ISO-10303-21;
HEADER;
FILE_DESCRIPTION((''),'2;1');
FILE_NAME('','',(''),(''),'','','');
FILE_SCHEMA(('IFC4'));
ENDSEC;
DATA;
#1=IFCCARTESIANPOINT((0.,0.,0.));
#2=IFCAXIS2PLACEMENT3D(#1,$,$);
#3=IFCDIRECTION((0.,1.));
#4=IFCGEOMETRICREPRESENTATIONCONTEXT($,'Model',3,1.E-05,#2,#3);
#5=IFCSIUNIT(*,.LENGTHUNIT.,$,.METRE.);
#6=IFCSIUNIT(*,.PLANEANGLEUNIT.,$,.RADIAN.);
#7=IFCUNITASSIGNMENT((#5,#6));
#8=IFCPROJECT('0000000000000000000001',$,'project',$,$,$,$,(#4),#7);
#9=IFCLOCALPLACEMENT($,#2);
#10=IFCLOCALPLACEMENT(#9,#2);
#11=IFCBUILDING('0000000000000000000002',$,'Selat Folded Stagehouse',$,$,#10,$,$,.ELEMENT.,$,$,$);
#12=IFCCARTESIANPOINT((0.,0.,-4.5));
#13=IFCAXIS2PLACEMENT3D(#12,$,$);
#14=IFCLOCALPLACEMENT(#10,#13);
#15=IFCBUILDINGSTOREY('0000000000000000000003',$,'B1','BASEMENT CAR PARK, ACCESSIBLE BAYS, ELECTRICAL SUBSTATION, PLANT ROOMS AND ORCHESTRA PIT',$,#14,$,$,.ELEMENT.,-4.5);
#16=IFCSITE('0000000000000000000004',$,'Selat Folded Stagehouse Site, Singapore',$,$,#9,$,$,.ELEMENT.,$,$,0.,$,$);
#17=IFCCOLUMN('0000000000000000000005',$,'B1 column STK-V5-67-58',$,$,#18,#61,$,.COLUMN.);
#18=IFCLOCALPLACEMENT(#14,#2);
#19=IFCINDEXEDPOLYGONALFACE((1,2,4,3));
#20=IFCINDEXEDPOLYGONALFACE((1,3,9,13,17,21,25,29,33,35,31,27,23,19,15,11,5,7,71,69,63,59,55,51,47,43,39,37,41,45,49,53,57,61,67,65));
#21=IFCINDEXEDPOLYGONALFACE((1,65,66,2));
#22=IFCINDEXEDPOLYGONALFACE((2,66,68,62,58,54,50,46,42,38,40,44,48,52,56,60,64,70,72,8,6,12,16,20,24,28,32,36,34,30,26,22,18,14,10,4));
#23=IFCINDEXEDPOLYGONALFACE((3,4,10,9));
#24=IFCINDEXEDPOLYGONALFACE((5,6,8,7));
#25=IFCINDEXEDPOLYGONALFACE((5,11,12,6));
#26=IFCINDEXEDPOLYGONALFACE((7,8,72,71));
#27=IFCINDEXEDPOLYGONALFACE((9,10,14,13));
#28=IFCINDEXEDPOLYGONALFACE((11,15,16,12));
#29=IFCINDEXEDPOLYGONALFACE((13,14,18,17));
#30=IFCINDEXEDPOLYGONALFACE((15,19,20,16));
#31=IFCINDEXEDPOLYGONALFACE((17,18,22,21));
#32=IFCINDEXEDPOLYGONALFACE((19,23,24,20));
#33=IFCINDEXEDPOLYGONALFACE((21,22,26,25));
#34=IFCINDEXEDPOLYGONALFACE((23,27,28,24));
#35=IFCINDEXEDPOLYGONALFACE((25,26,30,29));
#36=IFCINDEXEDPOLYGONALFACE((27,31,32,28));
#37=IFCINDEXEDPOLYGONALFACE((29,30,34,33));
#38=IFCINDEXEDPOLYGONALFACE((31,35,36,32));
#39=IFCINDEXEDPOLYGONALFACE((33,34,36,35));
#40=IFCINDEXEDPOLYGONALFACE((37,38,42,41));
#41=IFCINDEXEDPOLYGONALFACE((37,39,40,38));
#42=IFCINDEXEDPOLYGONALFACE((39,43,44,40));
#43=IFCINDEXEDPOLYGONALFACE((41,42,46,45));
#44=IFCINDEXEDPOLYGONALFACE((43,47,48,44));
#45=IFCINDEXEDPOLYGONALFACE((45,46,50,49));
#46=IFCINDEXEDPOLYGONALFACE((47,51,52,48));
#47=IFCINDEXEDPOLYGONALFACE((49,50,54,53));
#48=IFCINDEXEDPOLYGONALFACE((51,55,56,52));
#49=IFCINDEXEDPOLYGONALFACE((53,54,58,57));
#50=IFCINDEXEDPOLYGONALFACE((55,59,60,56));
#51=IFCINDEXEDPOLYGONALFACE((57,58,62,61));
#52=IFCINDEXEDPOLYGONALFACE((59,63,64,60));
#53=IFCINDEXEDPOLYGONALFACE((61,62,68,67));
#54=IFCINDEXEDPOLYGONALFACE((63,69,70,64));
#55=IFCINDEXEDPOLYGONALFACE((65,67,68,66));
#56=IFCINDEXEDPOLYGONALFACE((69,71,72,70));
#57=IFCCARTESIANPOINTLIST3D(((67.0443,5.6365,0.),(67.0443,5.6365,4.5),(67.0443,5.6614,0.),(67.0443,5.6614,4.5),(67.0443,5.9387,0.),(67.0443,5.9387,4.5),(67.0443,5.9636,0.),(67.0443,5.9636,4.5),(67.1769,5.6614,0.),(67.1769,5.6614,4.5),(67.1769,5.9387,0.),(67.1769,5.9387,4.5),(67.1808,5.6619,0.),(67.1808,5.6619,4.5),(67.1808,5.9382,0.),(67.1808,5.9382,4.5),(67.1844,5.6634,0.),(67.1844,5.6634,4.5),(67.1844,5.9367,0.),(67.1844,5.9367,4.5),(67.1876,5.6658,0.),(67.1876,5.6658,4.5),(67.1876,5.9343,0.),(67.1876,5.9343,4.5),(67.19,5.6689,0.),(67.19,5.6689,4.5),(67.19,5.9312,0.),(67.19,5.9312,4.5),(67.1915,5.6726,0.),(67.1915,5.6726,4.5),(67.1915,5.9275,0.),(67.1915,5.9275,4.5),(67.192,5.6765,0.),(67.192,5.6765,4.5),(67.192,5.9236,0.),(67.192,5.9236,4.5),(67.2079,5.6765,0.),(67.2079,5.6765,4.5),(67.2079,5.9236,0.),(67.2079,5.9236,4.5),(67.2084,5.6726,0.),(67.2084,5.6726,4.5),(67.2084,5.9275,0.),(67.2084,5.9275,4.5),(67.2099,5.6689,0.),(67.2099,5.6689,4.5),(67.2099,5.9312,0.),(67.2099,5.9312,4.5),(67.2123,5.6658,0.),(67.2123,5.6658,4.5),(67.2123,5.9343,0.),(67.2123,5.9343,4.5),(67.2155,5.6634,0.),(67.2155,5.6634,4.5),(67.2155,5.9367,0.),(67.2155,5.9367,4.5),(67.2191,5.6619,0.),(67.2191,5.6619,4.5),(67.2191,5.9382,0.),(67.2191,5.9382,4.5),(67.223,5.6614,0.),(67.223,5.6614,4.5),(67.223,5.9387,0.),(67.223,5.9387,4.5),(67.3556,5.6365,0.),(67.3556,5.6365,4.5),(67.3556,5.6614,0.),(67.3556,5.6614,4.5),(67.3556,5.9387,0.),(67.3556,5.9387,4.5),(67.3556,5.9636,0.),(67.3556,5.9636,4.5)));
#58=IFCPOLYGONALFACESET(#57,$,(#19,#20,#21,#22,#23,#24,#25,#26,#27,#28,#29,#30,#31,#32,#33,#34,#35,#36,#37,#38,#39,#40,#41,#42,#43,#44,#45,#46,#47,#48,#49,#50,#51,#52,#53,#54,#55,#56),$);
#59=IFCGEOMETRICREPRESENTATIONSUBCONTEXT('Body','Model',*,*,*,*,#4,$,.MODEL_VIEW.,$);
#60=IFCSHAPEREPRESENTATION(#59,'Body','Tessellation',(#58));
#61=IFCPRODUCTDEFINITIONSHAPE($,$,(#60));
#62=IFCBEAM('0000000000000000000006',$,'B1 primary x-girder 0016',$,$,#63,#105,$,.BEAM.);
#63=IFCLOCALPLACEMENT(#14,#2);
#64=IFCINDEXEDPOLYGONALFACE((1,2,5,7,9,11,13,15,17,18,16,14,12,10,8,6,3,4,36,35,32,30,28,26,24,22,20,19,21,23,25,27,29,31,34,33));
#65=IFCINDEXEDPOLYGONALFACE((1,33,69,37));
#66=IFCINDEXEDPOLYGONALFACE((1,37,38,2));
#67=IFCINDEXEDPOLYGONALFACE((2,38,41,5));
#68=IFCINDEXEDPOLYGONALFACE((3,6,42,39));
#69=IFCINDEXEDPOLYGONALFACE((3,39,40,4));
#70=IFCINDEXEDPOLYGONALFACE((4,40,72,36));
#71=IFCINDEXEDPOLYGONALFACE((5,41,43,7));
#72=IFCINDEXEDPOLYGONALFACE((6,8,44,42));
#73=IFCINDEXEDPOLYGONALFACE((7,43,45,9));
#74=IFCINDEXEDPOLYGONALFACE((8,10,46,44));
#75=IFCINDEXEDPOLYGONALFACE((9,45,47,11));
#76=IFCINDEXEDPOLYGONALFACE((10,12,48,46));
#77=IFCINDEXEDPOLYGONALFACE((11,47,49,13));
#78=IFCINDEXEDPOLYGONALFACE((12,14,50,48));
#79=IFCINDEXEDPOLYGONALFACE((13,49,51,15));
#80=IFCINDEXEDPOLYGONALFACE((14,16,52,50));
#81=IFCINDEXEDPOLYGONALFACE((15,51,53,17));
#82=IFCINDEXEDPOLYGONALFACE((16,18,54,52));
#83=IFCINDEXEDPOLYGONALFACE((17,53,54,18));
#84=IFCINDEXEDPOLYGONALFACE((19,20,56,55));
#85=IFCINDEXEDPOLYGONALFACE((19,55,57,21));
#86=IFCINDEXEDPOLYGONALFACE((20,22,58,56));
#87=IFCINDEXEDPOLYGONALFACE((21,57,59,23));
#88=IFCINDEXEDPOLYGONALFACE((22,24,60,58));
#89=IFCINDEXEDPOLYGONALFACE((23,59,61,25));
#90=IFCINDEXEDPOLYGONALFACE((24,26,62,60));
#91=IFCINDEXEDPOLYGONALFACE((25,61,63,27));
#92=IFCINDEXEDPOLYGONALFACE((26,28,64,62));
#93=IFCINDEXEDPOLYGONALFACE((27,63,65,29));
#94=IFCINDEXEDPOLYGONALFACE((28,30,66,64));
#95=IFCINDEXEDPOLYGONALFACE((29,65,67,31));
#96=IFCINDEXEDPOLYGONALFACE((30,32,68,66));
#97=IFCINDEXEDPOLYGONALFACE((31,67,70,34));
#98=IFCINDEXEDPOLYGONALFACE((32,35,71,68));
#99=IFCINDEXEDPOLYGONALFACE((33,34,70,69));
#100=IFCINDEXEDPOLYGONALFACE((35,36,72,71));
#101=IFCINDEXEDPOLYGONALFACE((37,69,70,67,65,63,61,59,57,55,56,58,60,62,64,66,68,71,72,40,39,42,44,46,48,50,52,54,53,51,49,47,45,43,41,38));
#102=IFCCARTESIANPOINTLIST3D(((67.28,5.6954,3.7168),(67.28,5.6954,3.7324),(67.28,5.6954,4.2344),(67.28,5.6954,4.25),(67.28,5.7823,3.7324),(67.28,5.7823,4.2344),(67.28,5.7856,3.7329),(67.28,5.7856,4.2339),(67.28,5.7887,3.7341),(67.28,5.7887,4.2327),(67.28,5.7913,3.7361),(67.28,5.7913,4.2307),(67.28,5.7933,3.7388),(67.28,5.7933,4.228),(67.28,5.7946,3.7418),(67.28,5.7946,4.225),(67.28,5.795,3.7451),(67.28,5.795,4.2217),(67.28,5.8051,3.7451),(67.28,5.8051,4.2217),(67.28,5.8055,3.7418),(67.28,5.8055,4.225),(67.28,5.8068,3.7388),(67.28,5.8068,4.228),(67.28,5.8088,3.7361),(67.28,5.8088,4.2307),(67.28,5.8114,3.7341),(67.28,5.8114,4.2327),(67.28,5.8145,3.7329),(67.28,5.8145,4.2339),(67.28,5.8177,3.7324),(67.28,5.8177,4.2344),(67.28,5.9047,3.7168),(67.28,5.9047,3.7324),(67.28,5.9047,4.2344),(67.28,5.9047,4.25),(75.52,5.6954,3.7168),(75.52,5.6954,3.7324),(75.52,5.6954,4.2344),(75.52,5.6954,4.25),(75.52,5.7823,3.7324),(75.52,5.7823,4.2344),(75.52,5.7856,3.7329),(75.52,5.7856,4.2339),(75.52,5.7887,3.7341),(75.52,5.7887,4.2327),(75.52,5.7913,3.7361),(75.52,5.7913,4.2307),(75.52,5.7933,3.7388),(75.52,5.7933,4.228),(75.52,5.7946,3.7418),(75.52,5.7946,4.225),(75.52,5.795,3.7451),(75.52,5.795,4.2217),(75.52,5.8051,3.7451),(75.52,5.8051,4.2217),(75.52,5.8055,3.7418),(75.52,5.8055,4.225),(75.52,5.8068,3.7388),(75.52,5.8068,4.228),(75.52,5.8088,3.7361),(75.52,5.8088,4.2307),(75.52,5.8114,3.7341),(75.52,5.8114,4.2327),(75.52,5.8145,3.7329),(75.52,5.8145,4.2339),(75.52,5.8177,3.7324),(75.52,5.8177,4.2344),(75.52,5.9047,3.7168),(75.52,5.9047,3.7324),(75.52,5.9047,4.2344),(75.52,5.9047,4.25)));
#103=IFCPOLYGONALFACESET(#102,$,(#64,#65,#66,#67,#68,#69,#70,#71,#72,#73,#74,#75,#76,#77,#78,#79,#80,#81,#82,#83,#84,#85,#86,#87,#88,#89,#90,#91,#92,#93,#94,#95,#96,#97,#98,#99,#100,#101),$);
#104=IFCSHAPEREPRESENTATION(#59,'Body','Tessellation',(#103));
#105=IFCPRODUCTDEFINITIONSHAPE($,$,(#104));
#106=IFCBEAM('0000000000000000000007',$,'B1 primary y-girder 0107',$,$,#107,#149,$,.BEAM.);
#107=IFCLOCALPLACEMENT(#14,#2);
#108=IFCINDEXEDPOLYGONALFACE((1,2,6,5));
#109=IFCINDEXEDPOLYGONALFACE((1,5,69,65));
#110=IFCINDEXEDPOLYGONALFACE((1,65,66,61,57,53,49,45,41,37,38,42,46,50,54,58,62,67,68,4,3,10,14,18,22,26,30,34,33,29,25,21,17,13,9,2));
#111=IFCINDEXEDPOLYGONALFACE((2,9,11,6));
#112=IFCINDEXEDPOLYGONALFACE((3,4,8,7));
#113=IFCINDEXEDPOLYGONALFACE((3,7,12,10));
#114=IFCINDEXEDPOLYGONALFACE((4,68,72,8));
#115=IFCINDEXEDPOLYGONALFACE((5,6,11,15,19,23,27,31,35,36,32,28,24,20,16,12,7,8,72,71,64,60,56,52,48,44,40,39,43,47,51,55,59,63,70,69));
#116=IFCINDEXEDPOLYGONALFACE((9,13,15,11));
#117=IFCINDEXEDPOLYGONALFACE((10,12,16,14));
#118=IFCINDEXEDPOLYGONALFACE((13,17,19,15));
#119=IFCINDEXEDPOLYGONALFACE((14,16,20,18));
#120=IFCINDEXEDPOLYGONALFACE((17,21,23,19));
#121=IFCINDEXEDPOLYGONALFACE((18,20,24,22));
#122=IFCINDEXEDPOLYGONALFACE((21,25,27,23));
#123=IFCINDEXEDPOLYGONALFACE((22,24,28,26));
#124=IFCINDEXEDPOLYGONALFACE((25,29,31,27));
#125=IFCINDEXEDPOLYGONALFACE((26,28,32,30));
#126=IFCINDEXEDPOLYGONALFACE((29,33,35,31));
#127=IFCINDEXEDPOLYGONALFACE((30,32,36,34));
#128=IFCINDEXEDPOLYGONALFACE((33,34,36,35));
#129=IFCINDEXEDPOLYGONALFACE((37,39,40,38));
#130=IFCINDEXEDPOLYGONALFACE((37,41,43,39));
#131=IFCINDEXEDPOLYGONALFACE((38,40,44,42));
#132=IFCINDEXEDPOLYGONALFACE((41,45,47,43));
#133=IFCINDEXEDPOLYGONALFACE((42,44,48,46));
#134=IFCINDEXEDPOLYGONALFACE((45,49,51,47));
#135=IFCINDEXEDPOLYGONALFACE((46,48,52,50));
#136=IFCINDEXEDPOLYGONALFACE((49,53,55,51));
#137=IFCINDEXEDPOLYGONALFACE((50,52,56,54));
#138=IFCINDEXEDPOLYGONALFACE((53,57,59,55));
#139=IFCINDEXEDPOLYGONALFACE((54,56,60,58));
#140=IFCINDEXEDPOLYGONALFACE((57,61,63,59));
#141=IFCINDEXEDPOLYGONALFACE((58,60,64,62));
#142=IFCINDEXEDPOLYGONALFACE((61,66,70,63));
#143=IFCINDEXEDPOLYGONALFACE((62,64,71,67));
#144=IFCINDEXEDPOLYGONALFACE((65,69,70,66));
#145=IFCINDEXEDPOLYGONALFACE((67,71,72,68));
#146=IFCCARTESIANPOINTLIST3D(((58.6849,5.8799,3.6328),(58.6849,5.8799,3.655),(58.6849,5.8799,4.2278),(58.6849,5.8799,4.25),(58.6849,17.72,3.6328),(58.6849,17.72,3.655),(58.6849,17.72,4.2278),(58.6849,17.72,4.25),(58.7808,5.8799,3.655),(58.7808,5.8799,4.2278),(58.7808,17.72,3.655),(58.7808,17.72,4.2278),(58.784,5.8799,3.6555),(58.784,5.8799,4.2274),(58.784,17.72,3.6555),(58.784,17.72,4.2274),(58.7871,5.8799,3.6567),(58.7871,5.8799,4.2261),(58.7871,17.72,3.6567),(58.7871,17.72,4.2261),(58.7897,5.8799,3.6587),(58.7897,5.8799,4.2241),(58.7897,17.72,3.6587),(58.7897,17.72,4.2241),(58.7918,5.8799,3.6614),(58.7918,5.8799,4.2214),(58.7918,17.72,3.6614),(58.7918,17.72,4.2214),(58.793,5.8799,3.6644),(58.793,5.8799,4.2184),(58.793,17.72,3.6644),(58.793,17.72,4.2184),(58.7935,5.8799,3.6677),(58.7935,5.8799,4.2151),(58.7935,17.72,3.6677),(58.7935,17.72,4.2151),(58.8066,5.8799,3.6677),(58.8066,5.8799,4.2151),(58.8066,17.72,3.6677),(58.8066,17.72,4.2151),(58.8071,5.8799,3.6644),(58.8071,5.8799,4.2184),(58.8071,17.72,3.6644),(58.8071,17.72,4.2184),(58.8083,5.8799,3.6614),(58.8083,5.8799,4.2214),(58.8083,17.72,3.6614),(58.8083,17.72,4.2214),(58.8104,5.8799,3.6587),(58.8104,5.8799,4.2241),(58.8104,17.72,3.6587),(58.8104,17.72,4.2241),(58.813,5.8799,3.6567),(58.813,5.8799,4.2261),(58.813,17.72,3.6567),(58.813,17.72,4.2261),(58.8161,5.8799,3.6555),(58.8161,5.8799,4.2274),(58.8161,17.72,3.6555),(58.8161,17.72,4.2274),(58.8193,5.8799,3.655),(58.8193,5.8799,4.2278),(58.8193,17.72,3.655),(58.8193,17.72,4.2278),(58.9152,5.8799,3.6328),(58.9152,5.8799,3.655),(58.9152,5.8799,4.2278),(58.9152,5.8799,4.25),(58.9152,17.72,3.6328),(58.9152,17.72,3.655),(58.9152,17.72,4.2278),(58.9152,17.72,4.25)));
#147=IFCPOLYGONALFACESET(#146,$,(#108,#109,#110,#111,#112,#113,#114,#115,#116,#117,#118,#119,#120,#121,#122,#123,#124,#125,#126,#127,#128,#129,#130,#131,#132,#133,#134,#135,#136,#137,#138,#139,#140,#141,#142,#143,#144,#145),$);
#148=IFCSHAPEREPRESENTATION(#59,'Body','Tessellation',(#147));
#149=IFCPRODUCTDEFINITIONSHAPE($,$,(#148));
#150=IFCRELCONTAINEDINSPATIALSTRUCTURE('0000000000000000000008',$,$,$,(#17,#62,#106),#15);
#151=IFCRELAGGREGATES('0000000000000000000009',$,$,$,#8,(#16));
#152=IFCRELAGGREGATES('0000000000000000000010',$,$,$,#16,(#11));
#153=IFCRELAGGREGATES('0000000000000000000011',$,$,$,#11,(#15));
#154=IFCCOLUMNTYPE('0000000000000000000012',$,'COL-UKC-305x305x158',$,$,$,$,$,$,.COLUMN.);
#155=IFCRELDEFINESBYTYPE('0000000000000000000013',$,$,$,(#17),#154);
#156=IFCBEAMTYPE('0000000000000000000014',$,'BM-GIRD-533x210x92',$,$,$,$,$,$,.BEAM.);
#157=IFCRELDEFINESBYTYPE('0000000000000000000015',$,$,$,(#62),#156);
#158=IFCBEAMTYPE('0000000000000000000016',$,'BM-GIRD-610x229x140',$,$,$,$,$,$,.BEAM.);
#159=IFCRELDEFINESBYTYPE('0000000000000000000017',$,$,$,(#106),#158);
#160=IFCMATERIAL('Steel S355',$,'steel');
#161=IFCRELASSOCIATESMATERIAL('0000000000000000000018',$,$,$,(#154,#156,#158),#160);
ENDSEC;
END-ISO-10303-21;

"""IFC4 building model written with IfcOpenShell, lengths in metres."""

from ifc_helpers import new_model, si_unit, direction, frame, origin, origin_2d, place, context, subcontext, project, spatial, i_section, extrude, material, material_profile, profile_set, type_object, element, save


model = new_model("IFC4")

# Units and contexts
model_context = context("Model", 3, precision=1e-05, world=origin(), true_north=direction((0.0, 1.0)))
body_context = subcontext(model_context, "Body", "Model", "MODEL_VIEW")
ifc_project = project(units=[si_unit("LENGTHUNIT", "METRE"), si_unit("PLANEANGLEUNIT", "RADIAN")], contexts=[model_context])

# Site, building, storey
site_placement = place(None, origin())
site = spatial("IfcSite", under=ifc_project, at=site_placement, Name="Selat Folded Stagehouse Site, Singapore", CompositionType="ELEMENT", RefElevation=0.0)
building_placement = place(site_placement, origin())
building = spatial("IfcBuilding", under=site, at=building_placement, Name="Selat Folded Stagehouse", CompositionType="ELEMENT")
storey_placement = place(building_placement, frame((0.0, 0.0, -4.5)))
storey = spatial("IfcBuildingStorey", under=building, at=storey_placement, Name="B1", Description="BASEMENT CAR PARK, ACCESSIBLE BAYS, ELECTRICAL SUBSTATION, PLANT ROOMS AND ORCHESTRA PIT", CompositionType="ELEMENT", Elevation=-4.5)

# Column
ifc_material_1 = material(Name="Steel S355", Category="steel")
ifc_material_profile_1 = material_profile(ifc_material_1, i_section(OverallWidth=0.3113, OverallDepth=0.3271, WebThickness=0.0159, FlangeThickness=0.0249, FilletRadius=0.0151, at=origin_2d()), Name="UKC 305x305x158")
ifc_profile_set_1 = profile_set([ifc_material_profile_1], Name="Steel S355")
column_type = type_object("IfcColumnType", Name="COL-UKC-305x305x158", PredefinedType="COLUMN", material=ifc_profile_set_1)
column_placement = place(storey_placement, frame((67.2, 5.8, 0.0), z_axis=(0.0, 0.0, 1.0), x_axis=(1.0, 0.0, 0.0)))
element("IfcColumn", 1, at=column_placement, inside=storey, type_object=column_type, Name="B1 column STK-V5-67-58", PredefinedType="COLUMN", context=body_context, shape_type="SweptSolid", body=[
    extrude(i_section(OverallWidth=0.3113, OverallDepth=0.3271, WebThickness=0.0159, FlangeThickness=0.0249, FilletRadius=0.0151, at=origin_2d()), origin(), (0.0, 0.0, 1.0), 4.5),
])

# Beams
ifc_material_profile_2 = material_profile(ifc_material_1, i_section(OverallWidth=0.2092, OverallDepth=0.5332, WebThickness=0.01, FlangeThickness=0.0156, FilletRadius=0.0127, at=origin_2d()), Name="UKB 533x210x92")
ifc_profile_set_2 = profile_set([ifc_material_profile_2], Name="Steel S355")
beam_type_1 = type_object("IfcBeamType", Name="BM-GIRD-533x210x92", PredefinedType="BEAM", material=ifc_profile_set_2)
beam_1_placement = place(storey_placement, frame((67.28, 5.8, 3.9834), z_axis=(1.0, 0.0, 0.0), x_axis=(0.0, 1.0, 0.0)))
element("IfcBeam", 2, at=beam_1_placement, inside=storey, type_object=beam_type_1, Name="B1 primary x-girder 0016", PredefinedType="BEAM", context=body_context, shape_type="SweptSolid", body=[
    extrude(i_section(OverallWidth=0.2092, OverallDepth=0.5332, WebThickness=0.01, FlangeThickness=0.0156, FilletRadius=0.0127, at=origin_2d()), origin(), (0.0, 0.0, 1.0), 8.24),
])
ifc_material_profile_3 = material_profile(ifc_material_1, i_section(OverallWidth=0.2302, OverallDepth=0.6172, WebThickness=0.0132, FlangeThickness=0.0222, FilletRadius=0.0127, at=origin_2d()), Name="UKB 610x229x140")
ifc_profile_set_3 = profile_set([ifc_material_profile_3], Name="Steel S355")
beam_type_2 = type_object("IfcBeamType", Name="BM-GIRD-610x229x140", PredefinedType="BEAM", material=ifc_profile_set_3)
beam_2_placement = place(storey_placement, frame((58.8, 5.8799, 3.9414), z_axis=(0.0, 1.0, 0.0), x_axis=(-1.0, 0.0, 0.0)))
element("IfcBeam", 3, at=beam_2_placement, inside=storey, type_object=beam_type_2, Name="B1 primary y-girder 0107", PredefinedType="BEAM", context=body_context, shape_type="SweptSolid", body=[
    extrude(i_section(OverallWidth=0.2302, OverallDepth=0.6172, WebThickness=0.0132, FlangeThickness=0.0222, FilletRadius=0.0127, at=origin_2d()), origin(), (0.0, 0.0, 1.0), 11.8401),
])

save(model, "model.ifc")
